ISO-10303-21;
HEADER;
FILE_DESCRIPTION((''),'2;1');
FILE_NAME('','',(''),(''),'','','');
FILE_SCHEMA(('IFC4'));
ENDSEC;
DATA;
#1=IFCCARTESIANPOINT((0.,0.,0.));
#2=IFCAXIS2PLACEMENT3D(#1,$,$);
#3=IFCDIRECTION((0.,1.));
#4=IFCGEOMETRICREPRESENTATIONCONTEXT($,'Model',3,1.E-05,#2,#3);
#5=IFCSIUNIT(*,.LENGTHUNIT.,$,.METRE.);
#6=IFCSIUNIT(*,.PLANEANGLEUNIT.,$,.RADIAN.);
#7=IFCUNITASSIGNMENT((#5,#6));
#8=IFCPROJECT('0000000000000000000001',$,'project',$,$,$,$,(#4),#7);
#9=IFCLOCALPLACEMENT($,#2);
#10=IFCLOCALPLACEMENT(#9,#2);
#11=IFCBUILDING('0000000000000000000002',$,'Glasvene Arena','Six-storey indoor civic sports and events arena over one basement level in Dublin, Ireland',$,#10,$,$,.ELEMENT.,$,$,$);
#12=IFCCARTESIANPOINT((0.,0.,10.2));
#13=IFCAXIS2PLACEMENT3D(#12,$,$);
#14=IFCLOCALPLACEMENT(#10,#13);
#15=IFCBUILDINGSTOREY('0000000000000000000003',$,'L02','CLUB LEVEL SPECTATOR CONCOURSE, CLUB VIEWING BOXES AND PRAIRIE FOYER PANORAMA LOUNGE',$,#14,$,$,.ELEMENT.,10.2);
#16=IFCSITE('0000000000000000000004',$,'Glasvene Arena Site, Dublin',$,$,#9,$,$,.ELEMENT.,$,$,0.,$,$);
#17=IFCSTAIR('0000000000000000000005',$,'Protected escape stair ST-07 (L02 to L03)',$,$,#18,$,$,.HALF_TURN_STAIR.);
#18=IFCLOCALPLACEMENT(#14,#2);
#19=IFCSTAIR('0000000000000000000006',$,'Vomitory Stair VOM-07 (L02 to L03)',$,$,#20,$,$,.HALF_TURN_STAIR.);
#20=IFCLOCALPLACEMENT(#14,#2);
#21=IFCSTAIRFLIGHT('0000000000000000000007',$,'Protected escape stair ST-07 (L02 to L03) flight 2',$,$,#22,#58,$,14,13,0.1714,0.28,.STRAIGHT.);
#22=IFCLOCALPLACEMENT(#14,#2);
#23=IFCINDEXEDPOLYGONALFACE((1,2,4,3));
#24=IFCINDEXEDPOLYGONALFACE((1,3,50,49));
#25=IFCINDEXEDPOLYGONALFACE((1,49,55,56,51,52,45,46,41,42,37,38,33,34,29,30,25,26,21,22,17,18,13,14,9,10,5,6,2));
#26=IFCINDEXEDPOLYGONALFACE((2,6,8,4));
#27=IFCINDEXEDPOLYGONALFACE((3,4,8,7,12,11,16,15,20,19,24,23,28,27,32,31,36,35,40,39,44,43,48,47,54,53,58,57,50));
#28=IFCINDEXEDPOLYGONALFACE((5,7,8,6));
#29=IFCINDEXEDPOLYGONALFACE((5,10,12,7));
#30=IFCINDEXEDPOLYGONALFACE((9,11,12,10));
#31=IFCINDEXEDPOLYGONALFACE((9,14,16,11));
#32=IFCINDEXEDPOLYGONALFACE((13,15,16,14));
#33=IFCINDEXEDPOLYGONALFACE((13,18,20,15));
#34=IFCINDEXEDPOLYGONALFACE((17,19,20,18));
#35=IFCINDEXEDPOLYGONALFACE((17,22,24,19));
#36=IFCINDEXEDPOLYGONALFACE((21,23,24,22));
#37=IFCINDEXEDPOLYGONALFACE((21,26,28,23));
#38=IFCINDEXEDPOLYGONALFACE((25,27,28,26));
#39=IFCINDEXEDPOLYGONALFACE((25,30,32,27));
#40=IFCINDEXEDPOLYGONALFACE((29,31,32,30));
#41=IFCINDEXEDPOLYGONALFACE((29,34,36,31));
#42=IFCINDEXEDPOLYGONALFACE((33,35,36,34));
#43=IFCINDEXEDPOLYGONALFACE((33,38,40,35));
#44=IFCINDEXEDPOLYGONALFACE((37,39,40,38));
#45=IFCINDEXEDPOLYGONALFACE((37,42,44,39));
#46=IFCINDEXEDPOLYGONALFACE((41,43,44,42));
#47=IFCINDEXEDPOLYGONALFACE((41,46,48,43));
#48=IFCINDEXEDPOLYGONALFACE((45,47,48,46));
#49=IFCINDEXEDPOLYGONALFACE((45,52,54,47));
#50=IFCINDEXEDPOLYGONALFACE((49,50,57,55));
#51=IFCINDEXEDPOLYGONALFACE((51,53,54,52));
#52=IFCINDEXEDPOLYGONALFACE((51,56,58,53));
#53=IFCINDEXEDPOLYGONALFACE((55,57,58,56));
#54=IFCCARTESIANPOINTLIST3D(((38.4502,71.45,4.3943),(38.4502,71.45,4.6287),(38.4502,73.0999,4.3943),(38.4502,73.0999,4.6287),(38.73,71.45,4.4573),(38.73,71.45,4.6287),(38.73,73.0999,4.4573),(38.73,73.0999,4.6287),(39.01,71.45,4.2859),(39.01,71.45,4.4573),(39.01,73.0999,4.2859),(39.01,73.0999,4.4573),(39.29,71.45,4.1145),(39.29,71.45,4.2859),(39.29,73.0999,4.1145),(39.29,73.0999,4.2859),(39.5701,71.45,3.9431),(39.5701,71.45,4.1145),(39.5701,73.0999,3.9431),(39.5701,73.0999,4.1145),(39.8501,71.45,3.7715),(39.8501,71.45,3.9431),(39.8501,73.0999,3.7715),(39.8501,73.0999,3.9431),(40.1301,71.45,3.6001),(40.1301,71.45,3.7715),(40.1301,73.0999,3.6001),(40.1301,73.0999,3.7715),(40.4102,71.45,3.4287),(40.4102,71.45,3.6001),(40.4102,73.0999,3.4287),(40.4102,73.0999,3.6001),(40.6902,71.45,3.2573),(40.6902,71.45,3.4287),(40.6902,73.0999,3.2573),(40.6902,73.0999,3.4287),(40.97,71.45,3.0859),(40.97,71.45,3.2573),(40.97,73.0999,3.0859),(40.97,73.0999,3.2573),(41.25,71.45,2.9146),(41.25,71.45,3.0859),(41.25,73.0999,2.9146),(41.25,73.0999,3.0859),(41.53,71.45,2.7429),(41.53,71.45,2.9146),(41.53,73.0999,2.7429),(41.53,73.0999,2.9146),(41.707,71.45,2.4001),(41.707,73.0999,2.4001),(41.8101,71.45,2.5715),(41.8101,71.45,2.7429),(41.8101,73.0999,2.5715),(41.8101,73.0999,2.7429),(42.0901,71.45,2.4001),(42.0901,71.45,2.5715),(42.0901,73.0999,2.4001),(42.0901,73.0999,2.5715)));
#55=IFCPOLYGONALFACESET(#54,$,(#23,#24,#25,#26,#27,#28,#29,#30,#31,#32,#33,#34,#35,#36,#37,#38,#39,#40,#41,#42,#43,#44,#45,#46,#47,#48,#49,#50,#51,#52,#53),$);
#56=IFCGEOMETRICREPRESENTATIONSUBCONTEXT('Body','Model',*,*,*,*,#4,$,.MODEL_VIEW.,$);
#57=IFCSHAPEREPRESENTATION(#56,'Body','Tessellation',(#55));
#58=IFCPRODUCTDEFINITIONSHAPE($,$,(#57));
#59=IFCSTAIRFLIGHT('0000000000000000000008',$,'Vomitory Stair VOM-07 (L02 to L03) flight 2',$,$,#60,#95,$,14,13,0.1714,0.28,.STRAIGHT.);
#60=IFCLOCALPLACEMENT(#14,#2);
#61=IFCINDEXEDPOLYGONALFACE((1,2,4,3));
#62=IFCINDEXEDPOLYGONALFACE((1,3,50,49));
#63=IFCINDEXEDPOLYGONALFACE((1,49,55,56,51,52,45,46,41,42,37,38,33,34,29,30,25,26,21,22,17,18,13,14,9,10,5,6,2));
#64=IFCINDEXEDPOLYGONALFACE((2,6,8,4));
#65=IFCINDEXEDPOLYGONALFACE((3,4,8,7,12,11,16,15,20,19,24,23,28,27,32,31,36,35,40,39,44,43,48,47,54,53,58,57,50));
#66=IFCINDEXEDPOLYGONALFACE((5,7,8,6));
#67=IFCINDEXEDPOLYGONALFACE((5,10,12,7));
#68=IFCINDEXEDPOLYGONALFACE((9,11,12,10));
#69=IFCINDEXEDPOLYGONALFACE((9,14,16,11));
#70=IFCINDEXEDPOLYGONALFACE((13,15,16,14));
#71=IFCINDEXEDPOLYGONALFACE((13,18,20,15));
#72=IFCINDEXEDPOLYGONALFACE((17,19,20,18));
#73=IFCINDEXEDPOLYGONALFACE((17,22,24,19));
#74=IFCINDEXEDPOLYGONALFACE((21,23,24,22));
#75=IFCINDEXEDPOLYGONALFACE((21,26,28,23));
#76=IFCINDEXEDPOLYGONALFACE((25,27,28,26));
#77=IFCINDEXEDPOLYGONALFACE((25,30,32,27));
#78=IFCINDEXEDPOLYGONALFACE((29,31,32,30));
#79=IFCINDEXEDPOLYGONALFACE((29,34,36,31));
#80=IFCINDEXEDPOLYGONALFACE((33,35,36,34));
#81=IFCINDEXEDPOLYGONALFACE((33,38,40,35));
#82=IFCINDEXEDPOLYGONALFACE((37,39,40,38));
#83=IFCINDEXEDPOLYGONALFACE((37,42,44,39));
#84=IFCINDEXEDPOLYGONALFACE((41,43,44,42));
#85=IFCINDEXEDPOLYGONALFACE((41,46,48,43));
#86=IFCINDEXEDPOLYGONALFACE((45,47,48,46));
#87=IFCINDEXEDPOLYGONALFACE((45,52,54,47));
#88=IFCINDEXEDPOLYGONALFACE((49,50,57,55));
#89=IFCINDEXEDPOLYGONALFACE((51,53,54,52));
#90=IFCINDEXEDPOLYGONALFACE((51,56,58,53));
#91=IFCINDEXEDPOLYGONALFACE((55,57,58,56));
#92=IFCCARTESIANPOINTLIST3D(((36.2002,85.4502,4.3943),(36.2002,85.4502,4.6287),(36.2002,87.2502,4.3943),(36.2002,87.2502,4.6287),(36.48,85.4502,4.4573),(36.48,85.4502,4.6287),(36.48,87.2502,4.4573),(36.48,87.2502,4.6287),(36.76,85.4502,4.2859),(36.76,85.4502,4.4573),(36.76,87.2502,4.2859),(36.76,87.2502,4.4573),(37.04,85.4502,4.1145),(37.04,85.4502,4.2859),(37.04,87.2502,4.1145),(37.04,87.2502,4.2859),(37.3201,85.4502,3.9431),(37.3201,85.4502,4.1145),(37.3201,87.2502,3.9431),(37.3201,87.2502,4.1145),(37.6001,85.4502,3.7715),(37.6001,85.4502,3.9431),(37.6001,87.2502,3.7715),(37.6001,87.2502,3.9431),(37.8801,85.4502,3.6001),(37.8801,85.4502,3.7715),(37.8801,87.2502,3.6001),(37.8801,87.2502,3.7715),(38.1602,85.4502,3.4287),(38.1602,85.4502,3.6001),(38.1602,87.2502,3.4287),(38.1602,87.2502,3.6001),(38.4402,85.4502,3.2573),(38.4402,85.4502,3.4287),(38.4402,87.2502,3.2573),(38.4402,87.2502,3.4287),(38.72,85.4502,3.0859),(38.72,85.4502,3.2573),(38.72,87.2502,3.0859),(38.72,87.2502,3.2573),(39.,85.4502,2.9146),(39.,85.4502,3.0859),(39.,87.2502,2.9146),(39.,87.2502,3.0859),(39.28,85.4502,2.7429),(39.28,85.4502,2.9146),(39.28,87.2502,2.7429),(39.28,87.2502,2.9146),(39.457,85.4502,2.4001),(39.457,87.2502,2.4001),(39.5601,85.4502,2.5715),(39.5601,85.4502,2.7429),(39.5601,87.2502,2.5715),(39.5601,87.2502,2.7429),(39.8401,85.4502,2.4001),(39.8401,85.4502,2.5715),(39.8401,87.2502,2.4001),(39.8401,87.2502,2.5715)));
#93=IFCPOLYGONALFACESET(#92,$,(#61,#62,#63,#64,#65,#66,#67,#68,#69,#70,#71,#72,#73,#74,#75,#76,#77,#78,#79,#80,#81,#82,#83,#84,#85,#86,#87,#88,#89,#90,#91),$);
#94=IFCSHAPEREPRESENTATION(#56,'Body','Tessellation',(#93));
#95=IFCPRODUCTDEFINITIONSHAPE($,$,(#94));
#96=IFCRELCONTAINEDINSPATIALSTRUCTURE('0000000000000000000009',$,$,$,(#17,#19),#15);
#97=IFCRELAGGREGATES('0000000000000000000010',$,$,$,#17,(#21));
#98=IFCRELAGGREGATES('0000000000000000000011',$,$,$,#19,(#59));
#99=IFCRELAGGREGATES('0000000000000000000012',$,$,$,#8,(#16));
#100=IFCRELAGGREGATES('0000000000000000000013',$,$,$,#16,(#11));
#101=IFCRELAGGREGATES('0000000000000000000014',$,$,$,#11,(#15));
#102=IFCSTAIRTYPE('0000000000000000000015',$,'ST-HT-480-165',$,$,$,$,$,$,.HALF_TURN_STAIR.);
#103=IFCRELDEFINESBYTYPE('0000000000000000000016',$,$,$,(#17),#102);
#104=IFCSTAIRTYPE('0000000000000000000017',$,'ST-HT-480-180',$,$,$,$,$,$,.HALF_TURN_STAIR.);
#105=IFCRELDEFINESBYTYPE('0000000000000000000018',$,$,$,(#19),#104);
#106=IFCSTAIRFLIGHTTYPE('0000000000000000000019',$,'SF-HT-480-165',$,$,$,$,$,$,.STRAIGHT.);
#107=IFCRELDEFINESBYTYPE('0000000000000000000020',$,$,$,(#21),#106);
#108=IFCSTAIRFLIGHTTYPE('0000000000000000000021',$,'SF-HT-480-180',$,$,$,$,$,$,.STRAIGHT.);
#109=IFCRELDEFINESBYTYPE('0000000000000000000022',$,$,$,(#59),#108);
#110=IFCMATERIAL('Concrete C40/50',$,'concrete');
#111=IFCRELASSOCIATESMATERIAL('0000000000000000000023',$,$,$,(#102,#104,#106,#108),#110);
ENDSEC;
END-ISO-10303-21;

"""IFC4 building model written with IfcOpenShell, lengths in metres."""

from ifc_helpers import new_model, si_unit, direction, frame, origin, place, context, subcontext, project, spatial, polyline, outline, extrude, material, type_object, element, aggregate, save


model = new_model("IFC4")

# Units and contexts
model_context = context("Model", 3, precision=1e-05, world=origin(), true_north=direction((0.0, 1.0)))
body_context = subcontext(model_context, "Body", "Model", "MODEL_VIEW")
ifc_project = project(units=[si_unit("LENGTHUNIT", "METRE"), si_unit("PLANEANGLEUNIT", "RADIAN")], contexts=[model_context])

# Site, building, storey
site_placement = place(None, origin())
site = spatial("IfcSite", under=ifc_project, at=site_placement, Name="Glasvene Arena Site, Dublin", CompositionType="ELEMENT", RefElevation=0.0)
building_placement = place(site_placement, origin())
building = spatial("IfcBuilding", under=site, at=building_placement, Name="Glasvene Arena", Description="Six-storey indoor civic sports and events arena over one basement level in Dublin, Ireland", CompositionType="ELEMENT")
storey_placement = place(building_placement, frame((0.0, 0.0, 10.2)))
storey = spatial("IfcBuildingStorey", under=building, at=storey_placement, Name="L02", Description="CLUB LEVEL SPECTATOR CONCOURSE, CLUB VIEWING BOXES AND PRAIRIE FOYER PANORAMA LOUNGE", CompositionType="ELEMENT", Elevation=10.2)

# Shared definitions
ifc_material_1 = material(Name="Concrete C40/50", Category="concrete")

# Stairs
stair_type_1 = type_object("IfcStairType", Name="ST-HT-480-165", PredefinedType="HALF_TURN_STAIR", material=ifc_material_1)
stair_1_placement = place(storey_placement, origin())
stair_1 = element("IfcStair", 1, at=stair_1_placement, inside=storey, type_object=stair_type_1, Name="Protected escape stair ST-07 (L02 to L03)", PredefinedType="HALF_TURN_STAIR")
stair_type_2 = type_object("IfcStairType", Name="ST-HT-480-180", PredefinedType="HALF_TURN_STAIR", material=ifc_material_1)
stair_2_placement = place(storey_placement, origin())
stair_2 = element("IfcStair", 2, at=stair_2_placement, inside=storey, type_object=stair_type_2, Name="Vomitory Stair VOM-07 (L02 to L03)", PredefinedType="HALF_TURN_STAIR")

# Stair flights
stair_flight_type_1 = type_object("IfcStairFlightType", Name="SF-HT-480-165", PredefinedType="STRAIGHT", material=ifc_material_1)
stair_flight_1_placement = place(storey_placement, frame((42.0901, 72.2749, 2.4001), z_axis=(0.0, 0.0, 1.0), x_axis=(-1.0, 0.0, 0.0)))
stair_flight_1 = element("IfcStairFlight", 3, at=stair_flight_1_placement, type_object=stair_flight_type_1, Name="Protected escape stair ST-07 (L02 to L03) flight 2", NumberOfRisers=14, NumberOfTreads=13, PredefinedType="STRAIGHT", RiserHeight=0.1714, TreadLength=0.28, context=body_context, shape_type="SweptSolid", body=[
    extrude(outline(polyline([(0.0, 0.0), (0.0, 0.1714), (0.28, 0.1714), (0.28, 0.3428), (0.5601, 0.3428), (0.5601, 0.5144), (0.8401, 0.5144), (0.8401, 0.6858), (1.1201, 0.6858), (1.1201, 0.8572), (1.3999, 0.8572), (1.3999, 1.0286), (1.6799, 1.0286), (1.6799, 1.2), (1.96, 1.2), (1.96, 1.3713), (2.24, 1.3713), (2.24, 1.543), (2.52, 1.543), (2.52, 1.7144), (2.8, 1.7144), (2.8, 1.8857), (3.0801, 1.8857), (3.0801, 2.0571), (3.3601, 2.0571), (3.3601, 2.2285), (3.6399, 2.2285), (3.6399, 2.3999), (3.6399, 1.9941), (0.3831, 0.0), (0.0, 0.0)])), frame((0.0, 0.825, 0.0), z_axis=(0.0, -1.0, 0.0), x_axis=(1.0, 0.0, 0.0)), (0.0, 0.0, 1.0), 1.6499),
])
aggregate(stair_1, [stair_flight_1])
stair_flight_type_2 = type_object("IfcStairFlightType", Name="SF-HT-480-180", PredefinedType="STRAIGHT", material=ifc_material_1)
stair_flight_2_placement = place(storey_placement, frame((39.8401, 86.3501, 2.4001), z_axis=(0.0, 0.0, 1.0), x_axis=(-1.0, 0.0, 0.0)))
stair_flight_2 = element("IfcStairFlight", 4, at=stair_flight_2_placement, type_object=stair_flight_type_2, Name="Vomitory Stair VOM-07 (L02 to L03) flight 2", NumberOfRisers=14, NumberOfTreads=13, PredefinedType="STRAIGHT", RiserHeight=0.1714, TreadLength=0.28, context=body_context, shape_type="SweptSolid", body=[
    extrude(outline(polyline([(0.0, 0.0), (0.0, 0.1714), (0.28, 0.1714), (0.28, 0.3428), (0.5601, 0.3428), (0.5601, 0.5144), (0.8401, 0.5144), (0.8401, 0.6858), (1.1201, 0.6858), (1.1201, 0.8572), (1.3999, 0.8572), (1.3999, 1.0286), (1.6799, 1.0286), (1.6799, 1.2), (1.96, 1.2), (1.96, 1.3713), (2.24, 1.3713), (2.24, 1.543), (2.52, 1.543), (2.52, 1.7144), (2.8, 1.7144), (2.8, 1.8857), (3.0801, 1.8857), (3.0801, 2.0571), (3.3601, 2.0571), (3.3601, 2.2285), (3.6399, 2.2285), (3.6399, 2.3999), (3.6399, 1.9941), (0.3831, 0.0), (0.0, 0.0)])), frame((0.0, 0.8999, 0.0), z_axis=(0.0, -1.0, 0.0), x_axis=(1.0, 0.0, 0.0)), (0.0, 0.0, 1.0), 1.8),
])
aggregate(stair_2, [stair_flight_2])

save(model, "model.ifc")
